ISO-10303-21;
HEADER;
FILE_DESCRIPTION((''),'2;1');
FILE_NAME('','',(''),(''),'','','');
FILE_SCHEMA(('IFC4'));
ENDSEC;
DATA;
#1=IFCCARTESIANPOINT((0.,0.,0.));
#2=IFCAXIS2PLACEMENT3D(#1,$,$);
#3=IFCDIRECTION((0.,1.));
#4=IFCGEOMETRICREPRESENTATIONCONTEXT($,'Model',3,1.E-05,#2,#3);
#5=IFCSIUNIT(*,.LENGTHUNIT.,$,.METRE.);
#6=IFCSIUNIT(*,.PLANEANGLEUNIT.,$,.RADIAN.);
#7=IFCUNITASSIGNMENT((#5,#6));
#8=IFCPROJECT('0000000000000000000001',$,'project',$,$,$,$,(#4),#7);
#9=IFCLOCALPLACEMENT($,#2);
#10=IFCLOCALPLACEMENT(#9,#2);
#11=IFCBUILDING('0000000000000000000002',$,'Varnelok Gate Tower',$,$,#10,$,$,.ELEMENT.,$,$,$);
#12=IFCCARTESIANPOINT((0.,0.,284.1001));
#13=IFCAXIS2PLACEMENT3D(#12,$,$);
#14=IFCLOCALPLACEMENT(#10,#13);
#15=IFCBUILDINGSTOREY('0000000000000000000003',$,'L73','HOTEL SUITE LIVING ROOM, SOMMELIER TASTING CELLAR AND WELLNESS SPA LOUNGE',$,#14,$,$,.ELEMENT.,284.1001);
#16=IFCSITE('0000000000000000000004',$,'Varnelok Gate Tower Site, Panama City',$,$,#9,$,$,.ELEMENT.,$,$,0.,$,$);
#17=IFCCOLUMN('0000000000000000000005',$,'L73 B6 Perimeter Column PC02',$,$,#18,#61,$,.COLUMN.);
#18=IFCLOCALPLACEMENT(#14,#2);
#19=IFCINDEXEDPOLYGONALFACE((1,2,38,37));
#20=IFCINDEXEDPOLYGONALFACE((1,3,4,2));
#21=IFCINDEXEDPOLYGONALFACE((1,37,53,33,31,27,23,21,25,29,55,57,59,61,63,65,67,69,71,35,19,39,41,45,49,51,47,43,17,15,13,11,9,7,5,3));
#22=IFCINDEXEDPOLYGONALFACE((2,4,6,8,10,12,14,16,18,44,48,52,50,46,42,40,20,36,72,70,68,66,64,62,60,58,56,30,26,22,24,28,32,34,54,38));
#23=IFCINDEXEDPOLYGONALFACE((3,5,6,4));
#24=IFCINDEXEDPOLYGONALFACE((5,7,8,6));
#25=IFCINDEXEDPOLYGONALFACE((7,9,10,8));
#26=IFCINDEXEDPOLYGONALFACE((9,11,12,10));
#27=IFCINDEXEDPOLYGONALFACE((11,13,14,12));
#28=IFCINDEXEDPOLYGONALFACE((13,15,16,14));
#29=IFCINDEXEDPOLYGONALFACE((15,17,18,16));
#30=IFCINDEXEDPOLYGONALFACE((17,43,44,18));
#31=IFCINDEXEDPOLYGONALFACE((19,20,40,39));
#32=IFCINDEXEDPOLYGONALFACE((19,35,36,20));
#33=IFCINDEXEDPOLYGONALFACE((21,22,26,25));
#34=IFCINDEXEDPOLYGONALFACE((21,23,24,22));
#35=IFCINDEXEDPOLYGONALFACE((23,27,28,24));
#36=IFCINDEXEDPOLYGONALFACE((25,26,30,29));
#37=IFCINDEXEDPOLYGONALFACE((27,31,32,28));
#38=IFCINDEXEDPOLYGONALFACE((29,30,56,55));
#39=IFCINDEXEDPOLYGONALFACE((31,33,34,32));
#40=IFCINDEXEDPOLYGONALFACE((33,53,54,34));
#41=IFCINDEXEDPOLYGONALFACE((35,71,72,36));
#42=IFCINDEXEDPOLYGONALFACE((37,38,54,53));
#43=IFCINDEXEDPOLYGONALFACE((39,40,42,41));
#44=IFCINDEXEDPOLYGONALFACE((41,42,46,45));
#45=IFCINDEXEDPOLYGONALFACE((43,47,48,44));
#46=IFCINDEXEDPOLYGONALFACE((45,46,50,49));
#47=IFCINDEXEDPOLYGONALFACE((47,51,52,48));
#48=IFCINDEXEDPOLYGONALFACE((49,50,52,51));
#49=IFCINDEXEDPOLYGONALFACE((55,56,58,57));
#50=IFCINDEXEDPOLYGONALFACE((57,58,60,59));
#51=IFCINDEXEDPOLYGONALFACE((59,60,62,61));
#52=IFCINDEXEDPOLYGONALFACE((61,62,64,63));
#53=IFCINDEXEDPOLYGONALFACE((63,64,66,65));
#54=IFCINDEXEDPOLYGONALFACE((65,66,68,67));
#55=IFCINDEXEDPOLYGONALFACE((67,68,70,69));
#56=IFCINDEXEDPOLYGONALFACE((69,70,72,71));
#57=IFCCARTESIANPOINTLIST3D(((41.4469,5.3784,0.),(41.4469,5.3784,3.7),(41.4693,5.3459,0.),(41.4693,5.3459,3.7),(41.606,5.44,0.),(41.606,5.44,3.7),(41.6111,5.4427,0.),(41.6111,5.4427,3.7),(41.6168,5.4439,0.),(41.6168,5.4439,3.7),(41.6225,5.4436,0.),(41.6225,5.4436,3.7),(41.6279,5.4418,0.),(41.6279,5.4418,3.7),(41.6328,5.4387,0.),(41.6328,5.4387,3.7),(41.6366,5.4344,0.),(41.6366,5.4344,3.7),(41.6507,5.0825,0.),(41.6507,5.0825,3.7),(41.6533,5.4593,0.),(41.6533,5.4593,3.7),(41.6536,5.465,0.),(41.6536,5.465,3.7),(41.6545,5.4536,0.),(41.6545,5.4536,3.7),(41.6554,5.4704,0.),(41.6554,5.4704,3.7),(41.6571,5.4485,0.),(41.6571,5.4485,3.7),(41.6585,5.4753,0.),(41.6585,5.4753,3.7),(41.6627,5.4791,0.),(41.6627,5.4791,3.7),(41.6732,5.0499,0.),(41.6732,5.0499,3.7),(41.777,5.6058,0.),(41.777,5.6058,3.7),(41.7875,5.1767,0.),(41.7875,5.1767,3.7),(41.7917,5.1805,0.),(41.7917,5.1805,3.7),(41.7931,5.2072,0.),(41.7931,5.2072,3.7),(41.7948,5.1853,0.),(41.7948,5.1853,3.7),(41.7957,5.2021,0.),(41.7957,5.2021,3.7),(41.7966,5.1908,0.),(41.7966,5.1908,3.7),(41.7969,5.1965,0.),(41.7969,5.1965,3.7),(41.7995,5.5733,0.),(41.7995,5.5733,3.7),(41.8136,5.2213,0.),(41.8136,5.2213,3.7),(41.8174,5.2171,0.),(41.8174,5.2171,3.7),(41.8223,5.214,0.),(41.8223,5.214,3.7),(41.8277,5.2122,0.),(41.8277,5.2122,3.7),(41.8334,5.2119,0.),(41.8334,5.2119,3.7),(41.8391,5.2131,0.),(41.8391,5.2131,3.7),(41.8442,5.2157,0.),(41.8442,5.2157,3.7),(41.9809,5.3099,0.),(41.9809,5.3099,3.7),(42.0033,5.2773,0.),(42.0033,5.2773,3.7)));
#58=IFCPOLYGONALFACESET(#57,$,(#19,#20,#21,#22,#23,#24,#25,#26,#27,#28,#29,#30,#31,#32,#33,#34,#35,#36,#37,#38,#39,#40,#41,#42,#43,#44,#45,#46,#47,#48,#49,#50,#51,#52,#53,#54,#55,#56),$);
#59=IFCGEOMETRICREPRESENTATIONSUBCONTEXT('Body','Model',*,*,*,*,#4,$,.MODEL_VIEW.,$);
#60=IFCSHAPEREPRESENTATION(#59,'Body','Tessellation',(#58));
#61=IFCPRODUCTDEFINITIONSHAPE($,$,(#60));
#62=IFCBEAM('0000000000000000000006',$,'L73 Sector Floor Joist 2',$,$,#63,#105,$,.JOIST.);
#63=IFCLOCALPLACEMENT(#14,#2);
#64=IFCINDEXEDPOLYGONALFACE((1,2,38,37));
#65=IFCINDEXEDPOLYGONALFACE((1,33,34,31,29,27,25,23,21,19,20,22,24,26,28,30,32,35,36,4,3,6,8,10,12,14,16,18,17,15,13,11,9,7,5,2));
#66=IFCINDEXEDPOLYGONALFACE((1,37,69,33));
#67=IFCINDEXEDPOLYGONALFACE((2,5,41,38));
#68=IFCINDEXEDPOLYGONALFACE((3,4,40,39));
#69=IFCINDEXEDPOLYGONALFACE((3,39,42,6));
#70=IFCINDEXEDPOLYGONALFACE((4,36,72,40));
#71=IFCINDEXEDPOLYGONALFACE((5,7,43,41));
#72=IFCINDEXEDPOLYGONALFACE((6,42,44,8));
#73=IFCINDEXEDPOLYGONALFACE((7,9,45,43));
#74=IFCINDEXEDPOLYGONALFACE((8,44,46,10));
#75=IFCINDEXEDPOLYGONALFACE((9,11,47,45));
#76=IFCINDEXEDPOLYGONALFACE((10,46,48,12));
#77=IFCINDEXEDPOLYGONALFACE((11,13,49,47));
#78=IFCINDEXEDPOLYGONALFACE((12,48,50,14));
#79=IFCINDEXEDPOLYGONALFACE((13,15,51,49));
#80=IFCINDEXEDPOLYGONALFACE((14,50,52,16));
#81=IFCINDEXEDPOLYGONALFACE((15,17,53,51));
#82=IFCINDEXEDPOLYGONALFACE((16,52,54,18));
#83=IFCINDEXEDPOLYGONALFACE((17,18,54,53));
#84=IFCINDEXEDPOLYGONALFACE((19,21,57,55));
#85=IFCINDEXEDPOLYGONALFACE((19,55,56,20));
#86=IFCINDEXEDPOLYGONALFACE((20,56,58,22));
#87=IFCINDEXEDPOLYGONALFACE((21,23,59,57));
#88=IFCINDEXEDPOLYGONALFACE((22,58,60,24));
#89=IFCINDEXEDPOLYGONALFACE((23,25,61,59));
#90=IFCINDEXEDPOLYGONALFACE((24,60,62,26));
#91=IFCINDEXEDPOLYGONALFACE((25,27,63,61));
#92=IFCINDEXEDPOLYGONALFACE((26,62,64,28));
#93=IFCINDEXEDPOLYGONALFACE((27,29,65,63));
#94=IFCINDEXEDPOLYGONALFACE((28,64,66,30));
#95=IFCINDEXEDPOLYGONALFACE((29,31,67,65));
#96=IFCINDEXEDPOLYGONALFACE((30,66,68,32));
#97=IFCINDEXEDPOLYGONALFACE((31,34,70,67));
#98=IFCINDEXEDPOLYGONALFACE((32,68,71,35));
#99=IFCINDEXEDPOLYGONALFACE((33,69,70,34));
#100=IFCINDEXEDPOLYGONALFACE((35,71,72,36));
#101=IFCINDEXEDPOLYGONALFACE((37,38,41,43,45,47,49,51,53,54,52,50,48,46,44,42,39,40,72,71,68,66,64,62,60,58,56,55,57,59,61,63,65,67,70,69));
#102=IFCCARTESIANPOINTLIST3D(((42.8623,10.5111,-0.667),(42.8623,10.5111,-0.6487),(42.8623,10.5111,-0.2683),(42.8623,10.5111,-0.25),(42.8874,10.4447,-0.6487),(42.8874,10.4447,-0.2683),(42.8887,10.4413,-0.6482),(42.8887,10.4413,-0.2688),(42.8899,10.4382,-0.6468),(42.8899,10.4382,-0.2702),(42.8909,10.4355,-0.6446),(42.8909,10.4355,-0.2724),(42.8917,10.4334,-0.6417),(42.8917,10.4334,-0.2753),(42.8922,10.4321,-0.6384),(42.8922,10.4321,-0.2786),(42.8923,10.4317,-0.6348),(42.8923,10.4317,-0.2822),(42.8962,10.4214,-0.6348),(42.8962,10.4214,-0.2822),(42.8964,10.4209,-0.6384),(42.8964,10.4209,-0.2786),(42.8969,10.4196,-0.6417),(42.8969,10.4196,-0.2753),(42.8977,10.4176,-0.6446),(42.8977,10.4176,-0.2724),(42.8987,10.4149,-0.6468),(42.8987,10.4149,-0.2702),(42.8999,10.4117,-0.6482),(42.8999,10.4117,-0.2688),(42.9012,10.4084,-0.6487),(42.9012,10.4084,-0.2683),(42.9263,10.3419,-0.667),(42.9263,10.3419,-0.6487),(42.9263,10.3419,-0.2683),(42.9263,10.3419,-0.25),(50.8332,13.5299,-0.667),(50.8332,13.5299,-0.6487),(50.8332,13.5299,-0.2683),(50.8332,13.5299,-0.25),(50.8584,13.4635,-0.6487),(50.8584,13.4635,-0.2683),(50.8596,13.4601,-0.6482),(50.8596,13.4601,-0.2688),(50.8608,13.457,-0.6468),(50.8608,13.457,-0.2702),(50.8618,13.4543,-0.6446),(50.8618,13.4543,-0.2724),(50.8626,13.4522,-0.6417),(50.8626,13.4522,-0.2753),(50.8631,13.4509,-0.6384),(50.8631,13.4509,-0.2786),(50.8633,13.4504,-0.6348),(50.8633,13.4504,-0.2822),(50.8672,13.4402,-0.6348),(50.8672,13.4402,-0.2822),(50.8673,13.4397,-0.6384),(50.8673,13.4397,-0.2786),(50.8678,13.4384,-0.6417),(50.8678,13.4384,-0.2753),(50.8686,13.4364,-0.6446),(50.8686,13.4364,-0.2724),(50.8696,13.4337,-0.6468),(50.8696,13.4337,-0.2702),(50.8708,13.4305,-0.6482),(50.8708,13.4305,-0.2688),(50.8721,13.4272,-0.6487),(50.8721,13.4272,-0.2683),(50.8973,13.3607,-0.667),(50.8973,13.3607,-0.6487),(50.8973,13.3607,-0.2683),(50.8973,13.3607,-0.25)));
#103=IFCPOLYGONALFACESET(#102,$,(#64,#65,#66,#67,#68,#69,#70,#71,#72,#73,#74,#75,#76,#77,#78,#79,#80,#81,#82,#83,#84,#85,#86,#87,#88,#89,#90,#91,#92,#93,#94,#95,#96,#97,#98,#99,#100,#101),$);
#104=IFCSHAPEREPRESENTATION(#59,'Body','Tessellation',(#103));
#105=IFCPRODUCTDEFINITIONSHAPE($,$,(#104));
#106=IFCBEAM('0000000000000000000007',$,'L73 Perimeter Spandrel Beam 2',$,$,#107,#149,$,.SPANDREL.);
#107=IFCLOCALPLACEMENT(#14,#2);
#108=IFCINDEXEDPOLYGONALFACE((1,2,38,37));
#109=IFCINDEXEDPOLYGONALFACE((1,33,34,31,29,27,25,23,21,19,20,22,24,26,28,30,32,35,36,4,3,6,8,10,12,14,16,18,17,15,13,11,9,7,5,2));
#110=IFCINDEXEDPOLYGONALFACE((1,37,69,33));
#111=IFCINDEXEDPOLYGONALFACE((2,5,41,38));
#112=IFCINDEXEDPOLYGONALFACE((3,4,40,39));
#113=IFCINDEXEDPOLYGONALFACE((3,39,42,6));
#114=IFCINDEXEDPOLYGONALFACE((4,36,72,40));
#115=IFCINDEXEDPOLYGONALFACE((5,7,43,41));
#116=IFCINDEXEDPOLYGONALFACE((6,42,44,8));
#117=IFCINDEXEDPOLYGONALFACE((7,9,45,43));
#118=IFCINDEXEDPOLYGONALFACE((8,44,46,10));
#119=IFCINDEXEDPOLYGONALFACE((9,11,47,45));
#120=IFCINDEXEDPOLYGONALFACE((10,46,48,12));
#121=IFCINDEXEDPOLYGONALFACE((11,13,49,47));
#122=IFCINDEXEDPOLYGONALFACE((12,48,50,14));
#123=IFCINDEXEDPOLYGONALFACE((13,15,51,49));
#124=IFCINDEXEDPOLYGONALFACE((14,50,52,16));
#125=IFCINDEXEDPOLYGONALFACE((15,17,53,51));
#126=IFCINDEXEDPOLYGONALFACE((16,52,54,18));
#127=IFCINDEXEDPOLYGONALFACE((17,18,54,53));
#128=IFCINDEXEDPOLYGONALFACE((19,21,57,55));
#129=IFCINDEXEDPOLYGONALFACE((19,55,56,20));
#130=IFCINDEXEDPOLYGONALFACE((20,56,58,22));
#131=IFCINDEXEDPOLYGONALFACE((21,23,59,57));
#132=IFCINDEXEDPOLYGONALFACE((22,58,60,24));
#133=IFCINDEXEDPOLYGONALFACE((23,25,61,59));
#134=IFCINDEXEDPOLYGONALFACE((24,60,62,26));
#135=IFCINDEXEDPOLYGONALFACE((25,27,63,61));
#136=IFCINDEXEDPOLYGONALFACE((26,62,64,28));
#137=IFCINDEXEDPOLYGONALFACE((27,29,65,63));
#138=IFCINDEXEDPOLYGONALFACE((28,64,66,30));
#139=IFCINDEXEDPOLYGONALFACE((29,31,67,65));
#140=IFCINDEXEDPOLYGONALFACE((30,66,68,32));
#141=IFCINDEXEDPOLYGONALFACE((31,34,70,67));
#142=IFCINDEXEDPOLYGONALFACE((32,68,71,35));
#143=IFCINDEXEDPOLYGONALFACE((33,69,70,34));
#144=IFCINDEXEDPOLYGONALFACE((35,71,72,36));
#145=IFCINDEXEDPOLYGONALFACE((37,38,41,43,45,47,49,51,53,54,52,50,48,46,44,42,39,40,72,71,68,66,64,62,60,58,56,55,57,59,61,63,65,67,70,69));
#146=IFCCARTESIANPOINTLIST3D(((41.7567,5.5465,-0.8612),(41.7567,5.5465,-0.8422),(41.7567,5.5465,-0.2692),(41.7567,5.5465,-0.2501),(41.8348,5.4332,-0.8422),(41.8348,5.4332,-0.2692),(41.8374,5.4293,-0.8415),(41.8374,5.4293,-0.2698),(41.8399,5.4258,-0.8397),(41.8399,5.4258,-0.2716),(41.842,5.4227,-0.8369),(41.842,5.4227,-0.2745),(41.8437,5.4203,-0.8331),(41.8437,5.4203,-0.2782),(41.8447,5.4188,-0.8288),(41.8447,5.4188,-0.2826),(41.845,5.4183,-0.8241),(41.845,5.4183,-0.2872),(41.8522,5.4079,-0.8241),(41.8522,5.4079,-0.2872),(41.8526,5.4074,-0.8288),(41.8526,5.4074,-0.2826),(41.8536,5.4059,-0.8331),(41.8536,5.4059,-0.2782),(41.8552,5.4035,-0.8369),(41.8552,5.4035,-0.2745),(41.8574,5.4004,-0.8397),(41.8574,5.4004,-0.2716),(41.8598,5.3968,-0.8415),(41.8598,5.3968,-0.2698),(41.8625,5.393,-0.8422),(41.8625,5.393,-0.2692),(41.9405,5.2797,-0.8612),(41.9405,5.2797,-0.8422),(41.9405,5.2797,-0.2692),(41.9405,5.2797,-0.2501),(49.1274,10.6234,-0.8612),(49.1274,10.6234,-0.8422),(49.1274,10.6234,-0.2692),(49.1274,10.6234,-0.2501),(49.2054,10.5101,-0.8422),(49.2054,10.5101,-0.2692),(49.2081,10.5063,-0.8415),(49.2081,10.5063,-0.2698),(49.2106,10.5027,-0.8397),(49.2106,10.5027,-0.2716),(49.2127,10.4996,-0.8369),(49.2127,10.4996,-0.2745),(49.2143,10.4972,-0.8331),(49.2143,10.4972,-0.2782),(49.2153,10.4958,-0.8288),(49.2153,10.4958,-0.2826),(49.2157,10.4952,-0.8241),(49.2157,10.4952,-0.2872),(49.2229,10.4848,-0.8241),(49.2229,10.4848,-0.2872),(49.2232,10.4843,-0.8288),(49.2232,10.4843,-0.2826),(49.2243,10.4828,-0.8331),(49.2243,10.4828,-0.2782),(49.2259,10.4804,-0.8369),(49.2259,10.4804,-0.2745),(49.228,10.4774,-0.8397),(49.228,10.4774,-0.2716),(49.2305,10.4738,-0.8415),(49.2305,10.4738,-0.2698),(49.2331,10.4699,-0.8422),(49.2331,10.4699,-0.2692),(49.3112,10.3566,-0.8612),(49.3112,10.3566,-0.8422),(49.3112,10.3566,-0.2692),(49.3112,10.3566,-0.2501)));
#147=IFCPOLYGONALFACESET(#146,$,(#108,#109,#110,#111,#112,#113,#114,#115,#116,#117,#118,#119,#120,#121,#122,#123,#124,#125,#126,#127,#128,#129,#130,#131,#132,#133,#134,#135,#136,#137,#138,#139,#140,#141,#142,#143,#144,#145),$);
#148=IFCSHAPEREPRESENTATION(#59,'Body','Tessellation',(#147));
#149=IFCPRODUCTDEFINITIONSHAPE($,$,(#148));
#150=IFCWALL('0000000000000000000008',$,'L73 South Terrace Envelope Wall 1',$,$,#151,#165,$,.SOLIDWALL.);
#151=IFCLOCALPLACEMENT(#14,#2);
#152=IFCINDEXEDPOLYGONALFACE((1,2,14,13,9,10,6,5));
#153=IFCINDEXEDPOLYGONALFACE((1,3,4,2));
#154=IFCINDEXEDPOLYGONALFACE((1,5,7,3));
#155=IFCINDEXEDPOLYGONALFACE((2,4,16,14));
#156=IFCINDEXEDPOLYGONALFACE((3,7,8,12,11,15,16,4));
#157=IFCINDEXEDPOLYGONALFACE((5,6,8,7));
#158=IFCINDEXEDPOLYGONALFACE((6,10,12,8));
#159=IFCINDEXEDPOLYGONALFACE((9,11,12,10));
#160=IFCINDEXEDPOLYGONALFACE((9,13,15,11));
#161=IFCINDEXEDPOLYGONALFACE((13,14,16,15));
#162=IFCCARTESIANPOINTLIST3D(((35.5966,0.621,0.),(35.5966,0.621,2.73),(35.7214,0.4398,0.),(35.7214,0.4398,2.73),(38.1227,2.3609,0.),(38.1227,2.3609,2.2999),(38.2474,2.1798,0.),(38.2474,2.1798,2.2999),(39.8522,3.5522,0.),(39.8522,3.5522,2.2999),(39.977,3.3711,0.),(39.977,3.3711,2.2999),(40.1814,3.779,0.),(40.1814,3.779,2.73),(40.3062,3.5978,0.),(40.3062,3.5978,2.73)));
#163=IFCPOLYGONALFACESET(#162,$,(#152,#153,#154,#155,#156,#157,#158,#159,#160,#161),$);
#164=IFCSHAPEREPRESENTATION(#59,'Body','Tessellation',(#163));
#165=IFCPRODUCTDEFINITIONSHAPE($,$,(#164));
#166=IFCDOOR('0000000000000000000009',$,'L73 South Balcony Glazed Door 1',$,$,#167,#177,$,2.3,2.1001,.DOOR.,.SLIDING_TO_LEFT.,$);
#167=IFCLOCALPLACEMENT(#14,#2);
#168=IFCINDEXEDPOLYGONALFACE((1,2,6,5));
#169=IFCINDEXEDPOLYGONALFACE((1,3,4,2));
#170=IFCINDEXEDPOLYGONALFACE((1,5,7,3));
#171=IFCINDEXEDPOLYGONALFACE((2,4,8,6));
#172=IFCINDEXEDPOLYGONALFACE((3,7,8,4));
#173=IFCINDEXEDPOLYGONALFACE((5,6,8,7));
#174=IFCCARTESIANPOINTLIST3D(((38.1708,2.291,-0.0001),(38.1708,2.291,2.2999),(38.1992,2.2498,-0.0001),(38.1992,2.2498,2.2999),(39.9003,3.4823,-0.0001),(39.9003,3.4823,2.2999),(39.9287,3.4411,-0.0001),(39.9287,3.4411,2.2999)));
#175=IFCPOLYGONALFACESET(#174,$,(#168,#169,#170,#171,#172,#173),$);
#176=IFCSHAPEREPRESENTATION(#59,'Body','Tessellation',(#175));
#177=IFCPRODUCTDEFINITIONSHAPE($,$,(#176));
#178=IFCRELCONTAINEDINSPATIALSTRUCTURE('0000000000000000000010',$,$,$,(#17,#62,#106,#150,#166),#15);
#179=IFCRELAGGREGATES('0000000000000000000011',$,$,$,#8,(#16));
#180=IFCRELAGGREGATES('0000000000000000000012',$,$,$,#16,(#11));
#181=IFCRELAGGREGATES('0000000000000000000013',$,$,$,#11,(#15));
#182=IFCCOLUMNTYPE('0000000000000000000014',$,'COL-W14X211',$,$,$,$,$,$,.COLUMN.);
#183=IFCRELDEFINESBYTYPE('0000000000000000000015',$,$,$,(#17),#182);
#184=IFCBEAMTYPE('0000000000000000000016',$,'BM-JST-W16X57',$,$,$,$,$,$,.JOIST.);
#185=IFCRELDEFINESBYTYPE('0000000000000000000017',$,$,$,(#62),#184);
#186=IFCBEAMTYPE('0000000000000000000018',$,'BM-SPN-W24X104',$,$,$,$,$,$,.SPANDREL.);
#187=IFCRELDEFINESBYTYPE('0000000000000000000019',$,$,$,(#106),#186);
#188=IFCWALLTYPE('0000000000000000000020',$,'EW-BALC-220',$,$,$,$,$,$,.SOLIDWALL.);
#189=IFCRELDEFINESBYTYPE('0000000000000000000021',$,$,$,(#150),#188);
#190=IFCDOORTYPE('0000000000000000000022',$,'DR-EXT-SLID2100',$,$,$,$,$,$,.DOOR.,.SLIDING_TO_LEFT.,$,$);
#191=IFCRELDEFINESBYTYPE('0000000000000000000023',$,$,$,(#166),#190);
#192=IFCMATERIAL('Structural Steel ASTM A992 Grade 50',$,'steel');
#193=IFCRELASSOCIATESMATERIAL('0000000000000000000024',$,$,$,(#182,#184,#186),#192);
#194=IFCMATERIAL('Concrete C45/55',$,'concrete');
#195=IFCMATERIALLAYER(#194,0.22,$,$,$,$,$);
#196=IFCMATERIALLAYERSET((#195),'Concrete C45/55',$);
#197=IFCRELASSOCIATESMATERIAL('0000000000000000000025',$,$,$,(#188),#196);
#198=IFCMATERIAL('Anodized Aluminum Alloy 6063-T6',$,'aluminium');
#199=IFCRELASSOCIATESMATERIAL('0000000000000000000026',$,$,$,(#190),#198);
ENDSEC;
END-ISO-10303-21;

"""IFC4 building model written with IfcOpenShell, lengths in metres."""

from ifc_helpers import new_model, si_unit, direction, frame, frame_2d, origin, origin_2d, place, context, subcontext, project, spatial, rectangle, i_section, extrude, material, layer, layer_set, material_profile, profile_set, type_object, element, fill, save


model = new_model("IFC4")

# Units and contexts
model_context = context("Model", 3, precision=1e-05, world=origin(), true_north=direction((0.0, 1.0)))
body_context = subcontext(model_context, "Body", "Model", "MODEL_VIEW")
ifc_project = project(units=[si_unit("LENGTHUNIT", "METRE"), si_unit("PLANEANGLEUNIT", "RADIAN")], contexts=[model_context])

# Site, building, storey
site_placement = place(None, origin())
site = spatial("IfcSite", under=ifc_project, at=site_placement, Name="Varnelok Gate Tower Site, Panama City", CompositionType="ELEMENT", RefElevation=0.0)
building_placement = place(site_placement, origin())
building = spatial("IfcBuilding", under=site, at=building_placement, Name="Varnelok Gate Tower", CompositionType="ELEMENT")
storey_placement = place(building_placement, frame((0.0, 0.0, 284.1001)))
storey = spatial("IfcBuildingStorey", under=building, at=storey_placement, Name="L73", Description="HOTEL SUITE LIVING ROOM, SOMMELIER TASTING CELLAR AND WELLNESS SPA LOUNGE", CompositionType="ELEMENT", Elevation=284.1001)

# Column
ifc_material_1 = material(Name="Structural Steel ASTM A992 Grade 50", Category="steel")
ifc_material_profile_1 = material_profile(ifc_material_1, i_section(OverallWidth=0.4009, OverallDepth=0.3989, WebThickness=0.0249, FlangeThickness=0.0396, FilletRadius=0.022, at=origin_2d()), Name="W14X211")
ifc_profile_set_1 = profile_set([ifc_material_profile_1], Name="Structural Steel ASTM A992 Grade 50")
column_type = type_object("IfcColumnType", Name="COL-W14X211", PredefinedType="COLUMN", material=ifc_profile_set_1)
column_placement = place(storey_placement, frame((41.7251, 5.3279, 0.0), z_axis=(0.0, 0.0, 1.0), x_axis=(0.823533, 0.567269, 0.0)))
element("IfcColumn", 1, at=column_placement, inside=storey, type_object=column_type, Name="L73 B6 Perimeter Column PC02", PredefinedType="COLUMN", context=body_context, shape_type="SweptSolid", body=[
    extrude(i_section(OverallWidth=0.4009, OverallDepth=0.3989, WebThickness=0.0249, FlangeThickness=0.0396, FilletRadius=0.022, at=origin_2d()), origin(), (0.0, 0.0, 1.0), 3.7),
])

# Beams
ifc_material_profile_2 = material_profile(ifc_material_1, i_section(OverallWidth=0.1809, OverallDepth=0.417, WebThickness=0.011, FlangeThickness=0.0183, FilletRadius=0.0139, at=origin_2d()), Name="W16X57")
ifc_profile_set_2 = profile_set([ifc_material_profile_2], Name="Structural Steel ASTM A992 Grade 50")
beam_type_1 = type_object("IfcBeamType", Name="BM-JST-W16X57", PredefinedType="JOIST", material=ifc_profile_set_2)
beam_1_placement = place(storey_placement, frame((42.8943, 10.4265, -0.4585), z_axis=(0.935179, 0.354176, 0.0), x_axis=(-0.354176, 0.935179, 0.0)))
element("IfcBeam", 2, at=beam_1_placement, inside=storey, type_object=beam_type_1, Name="L73 Sector Floor Joist 2", PredefinedType="JOIST", context=body_context, shape_type="SweptSolid", body=[
    extrude(i_section(OverallWidth=0.1809, OverallDepth=0.417, WebThickness=0.011, FlangeThickness=0.0183, FilletRadius=0.0139, at=origin_2d()), origin(), (0.0, 0.0, 1.0), 8.5234),
])
ifc_material_profile_3 = material_profile(ifc_material_1, i_section(OverallWidth=0.324, OverallDepth=0.6111, WebThickness=0.0127, FlangeThickness=0.019, FilletRadius=0.0181, at=origin_2d()), Name="W24X104")
ifc_profile_set_3 = profile_set([ifc_material_profile_3], Name="Structural Steel ASTM A992 Grade 50")
beam_type_2 = type_object("IfcBeamType", Name="BM-SPN-W24X104", PredefinedType="SPANDREL", material=ifc_profile_set_3)
beam_2_placement = place(storey_placement, frame((41.8486, 5.4131, -0.5557), z_axis=(0.82354, 0.567258, 0.0), x_axis=(-0.567258, 0.82354, 0.0)))
element("IfcBeam", 3, at=beam_2_placement, inside=storey, type_object=beam_type_2, Name="L73 Perimeter Spandrel Beam 2", PredefinedType="SPANDREL", context=body_context, shape_type="SweptSolid", body=[
    extrude(i_section(OverallWidth=0.324, OverallDepth=0.6111, WebThickness=0.0127, FlangeThickness=0.019, FilletRadius=0.0181, at=origin_2d()), origin(), (0.0, 0.0, 1.0), 8.95),
])

# Wall, opening, door
ifc_material_2 = material(Name="Concrete C45/55", Category="concrete")
ifc_layer_1 = layer(ifc_material_2, 0.22)
ifc_layer_set_1 = layer_set([ifc_layer_1], Name="Concrete C45/55")
wall_type_1 = type_object("IfcWallType", Name="EW-BALC-220", PredefinedType="SOLIDWALL", material=ifc_layer_set_1)
wall_1_placement = place(storey_placement, frame((40.2439, 3.6885, 0.0), z_axis=(0.0, 0.0, 1.0), x_axis=(-0.823541, -0.567256, 0.0)))
wall_1 = element("IfcWall", 4, at=wall_1_placement, inside=storey, type_object=wall_type_1, Name="L73 South Terrace Envelope Wall 1", PredefinedType="SOLIDWALL", context=body_context, shape_type="SweptSolid", body=[
    extrude(rectangle(XDim=5.5671, YDim=0.22, at=frame_2d((2.7837, 0.0))), origin(), (0.0, 0.0, 1.0), 2.73),
])
opening_1_placement = place(wall_1_placement, frame((0.3999, 0.0, 0.0)))
opening_1 = element("IfcOpeningElement", 5, at=opening_1_placement, cuts=wall_1, PredefinedType="OPENING", context=body_context, shape_type="SweptSolid", body=[
    extrude(rectangle(XDim=2.1001, YDim=2.3, at=frame_2d((1.05, 1.1499))), frame((0.0, 0.1199, 0.0), z_axis=(0.0, -1.0, 0.0), x_axis=(1.0, 0.0, 0.0)), (0.0, 0.0, 1.0), 0.24),
])
ifc_material_3 = material(Name="Anodized Aluminum Alloy 6063-T6", Category="aluminium")
door_type_1 = type_object("IfcDoorType", Name="DR-EXT-SLID2100", OperationType="SLIDING_TO_LEFT", PredefinedType="DOOR", material=ifc_material_3)
door_1_placement = place(opening_1_placement, origin())
door_1 = element("IfcDoor", 6, at=door_1_placement, inside=storey, type_object=door_type_1, Name="L73 South Balcony Glazed Door 1", OperationType="SLIDING_TO_LEFT", OverallHeight=2.3, OverallWidth=2.1001, PredefinedType="DOOR", context=body_context, shape_type="SweptSolid", body=[
    extrude(rectangle(XDim=2.1001, YDim=2.3, at=frame_2d((1.05, 1.1499))), frame((0.0, 0.0249, 0.0), z_axis=(0.0, -1.0, 0.0), x_axis=(1.0, 0.0, 0.0)), (0.0, 0.0, 1.0), 0.05),
])
fill(opening_1, door_1)

save(model, "model.ifc")
